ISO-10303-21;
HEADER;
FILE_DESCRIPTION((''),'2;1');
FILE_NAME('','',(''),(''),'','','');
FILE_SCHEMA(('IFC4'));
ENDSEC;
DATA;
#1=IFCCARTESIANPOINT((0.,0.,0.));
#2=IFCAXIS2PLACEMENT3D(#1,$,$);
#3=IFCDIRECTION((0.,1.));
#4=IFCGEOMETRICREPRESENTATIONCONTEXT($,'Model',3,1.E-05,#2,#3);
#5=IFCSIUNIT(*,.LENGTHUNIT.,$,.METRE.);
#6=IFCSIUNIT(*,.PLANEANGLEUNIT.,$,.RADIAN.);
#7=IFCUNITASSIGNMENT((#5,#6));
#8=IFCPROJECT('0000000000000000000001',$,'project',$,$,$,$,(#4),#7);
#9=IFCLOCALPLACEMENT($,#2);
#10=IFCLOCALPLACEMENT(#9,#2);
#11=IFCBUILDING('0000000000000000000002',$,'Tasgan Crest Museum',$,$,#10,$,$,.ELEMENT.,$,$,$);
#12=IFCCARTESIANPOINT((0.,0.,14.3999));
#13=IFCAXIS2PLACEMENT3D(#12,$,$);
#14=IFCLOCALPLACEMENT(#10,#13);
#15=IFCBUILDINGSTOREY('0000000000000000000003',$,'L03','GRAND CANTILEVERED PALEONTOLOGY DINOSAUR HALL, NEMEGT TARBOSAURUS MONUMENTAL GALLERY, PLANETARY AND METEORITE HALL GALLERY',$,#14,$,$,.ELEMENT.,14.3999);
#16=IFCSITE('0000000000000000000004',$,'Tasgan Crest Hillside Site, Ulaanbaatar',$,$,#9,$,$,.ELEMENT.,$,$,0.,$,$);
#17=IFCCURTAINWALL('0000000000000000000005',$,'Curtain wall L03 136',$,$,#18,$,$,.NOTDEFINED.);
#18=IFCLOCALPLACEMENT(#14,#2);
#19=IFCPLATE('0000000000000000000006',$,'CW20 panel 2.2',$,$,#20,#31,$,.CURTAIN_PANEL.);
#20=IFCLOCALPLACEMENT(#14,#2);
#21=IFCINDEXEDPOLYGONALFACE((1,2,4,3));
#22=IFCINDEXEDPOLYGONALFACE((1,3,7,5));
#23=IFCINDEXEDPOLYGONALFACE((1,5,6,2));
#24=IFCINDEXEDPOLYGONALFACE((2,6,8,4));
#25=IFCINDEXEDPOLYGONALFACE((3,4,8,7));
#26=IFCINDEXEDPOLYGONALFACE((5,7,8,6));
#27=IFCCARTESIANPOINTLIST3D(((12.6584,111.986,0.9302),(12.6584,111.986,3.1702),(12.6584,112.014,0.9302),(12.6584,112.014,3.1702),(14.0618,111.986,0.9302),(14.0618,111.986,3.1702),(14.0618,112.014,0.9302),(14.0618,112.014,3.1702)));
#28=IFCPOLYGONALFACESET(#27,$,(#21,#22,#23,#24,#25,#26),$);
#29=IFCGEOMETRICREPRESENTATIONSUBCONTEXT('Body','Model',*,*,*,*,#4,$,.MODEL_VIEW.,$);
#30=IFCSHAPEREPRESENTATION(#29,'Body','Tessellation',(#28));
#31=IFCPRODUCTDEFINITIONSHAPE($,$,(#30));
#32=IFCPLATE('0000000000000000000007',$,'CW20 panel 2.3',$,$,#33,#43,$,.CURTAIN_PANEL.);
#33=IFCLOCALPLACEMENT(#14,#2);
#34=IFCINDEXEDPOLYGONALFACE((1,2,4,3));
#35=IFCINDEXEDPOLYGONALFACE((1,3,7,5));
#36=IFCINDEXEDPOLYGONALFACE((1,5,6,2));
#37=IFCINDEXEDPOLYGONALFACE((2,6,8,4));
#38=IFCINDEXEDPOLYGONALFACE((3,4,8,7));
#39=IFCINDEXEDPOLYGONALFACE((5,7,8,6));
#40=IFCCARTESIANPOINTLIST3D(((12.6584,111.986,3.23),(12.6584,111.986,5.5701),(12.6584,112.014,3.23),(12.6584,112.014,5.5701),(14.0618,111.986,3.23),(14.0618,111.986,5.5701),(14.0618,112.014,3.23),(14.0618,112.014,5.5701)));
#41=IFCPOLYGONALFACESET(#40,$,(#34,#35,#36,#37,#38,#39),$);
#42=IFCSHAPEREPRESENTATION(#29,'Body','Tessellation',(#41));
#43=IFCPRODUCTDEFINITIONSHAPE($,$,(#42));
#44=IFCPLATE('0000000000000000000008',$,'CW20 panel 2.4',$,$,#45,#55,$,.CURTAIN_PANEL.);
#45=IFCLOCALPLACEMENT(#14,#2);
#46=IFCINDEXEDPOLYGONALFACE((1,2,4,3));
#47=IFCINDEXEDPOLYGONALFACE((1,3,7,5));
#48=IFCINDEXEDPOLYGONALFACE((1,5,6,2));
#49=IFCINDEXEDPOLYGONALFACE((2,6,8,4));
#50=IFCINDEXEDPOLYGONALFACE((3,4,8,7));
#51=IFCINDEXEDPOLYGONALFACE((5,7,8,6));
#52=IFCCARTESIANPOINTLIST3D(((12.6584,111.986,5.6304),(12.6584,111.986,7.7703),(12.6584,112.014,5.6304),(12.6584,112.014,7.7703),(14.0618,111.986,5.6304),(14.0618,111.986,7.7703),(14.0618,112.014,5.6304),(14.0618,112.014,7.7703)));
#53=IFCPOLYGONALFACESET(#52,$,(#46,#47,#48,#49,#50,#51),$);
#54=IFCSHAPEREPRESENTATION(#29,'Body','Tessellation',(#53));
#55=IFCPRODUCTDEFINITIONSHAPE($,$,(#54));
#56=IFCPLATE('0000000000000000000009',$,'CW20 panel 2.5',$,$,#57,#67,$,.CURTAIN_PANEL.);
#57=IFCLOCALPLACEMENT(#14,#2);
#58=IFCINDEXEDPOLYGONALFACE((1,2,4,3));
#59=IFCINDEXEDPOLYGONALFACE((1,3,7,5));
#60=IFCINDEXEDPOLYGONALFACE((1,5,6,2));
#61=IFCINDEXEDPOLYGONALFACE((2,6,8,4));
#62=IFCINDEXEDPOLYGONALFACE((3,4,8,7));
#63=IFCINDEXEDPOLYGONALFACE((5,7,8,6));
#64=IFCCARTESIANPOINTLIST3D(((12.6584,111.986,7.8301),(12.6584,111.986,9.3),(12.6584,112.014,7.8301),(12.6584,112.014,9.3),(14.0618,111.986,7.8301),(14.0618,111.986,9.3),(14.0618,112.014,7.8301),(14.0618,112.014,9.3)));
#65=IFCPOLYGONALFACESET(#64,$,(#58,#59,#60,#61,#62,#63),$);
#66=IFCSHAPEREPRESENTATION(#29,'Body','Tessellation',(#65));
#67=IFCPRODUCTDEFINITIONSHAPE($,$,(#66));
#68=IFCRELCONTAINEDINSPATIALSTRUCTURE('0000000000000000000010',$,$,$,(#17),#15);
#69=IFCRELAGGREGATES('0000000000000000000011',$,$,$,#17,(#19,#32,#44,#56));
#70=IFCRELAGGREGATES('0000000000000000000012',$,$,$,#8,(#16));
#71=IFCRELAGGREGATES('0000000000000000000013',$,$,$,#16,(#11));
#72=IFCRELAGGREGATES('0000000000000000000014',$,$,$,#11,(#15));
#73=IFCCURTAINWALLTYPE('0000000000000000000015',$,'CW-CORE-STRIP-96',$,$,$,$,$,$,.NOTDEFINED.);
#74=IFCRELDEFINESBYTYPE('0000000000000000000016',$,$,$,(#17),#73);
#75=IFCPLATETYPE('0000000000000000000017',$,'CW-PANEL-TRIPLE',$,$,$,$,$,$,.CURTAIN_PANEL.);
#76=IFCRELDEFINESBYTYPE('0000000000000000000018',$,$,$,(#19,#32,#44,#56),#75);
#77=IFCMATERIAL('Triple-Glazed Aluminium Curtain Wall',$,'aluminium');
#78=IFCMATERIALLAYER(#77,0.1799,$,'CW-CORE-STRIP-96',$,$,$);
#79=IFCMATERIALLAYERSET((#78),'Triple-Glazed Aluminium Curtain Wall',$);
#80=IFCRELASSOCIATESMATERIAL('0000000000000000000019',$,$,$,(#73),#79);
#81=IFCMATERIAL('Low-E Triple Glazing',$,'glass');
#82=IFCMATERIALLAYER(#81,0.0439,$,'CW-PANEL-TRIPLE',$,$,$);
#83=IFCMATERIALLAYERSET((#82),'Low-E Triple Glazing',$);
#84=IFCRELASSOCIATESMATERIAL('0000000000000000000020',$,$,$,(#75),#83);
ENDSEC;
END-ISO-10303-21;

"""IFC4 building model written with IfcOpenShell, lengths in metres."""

from ifc_helpers import new_model, si_unit, direction, frame, origin, origin_2d, place, context, subcontext, project, spatial, rectangle, extrude, material, layer, layer_set, type_object, element, aggregate, save


model = new_model("IFC4")

# Units and contexts
model_context = context("Model", 3, precision=1e-05, world=origin(), true_north=direction((0.0, 1.0)))
body_context = subcontext(model_context, "Body", "Model", "MODEL_VIEW")
ifc_project = project(units=[si_unit("LENGTHUNIT", "METRE"), si_unit("PLANEANGLEUNIT", "RADIAN")], contexts=[model_context])

# Site, building, storey
site_placement = place(None, origin())
site = spatial("IfcSite", under=ifc_project, at=site_placement, Name="Tasgan Crest Hillside Site, Ulaanbaatar", CompositionType="ELEMENT", RefElevation=0.0)
building_placement = place(site_placement, origin())
building = spatial("IfcBuilding", under=site, at=building_placement, Name="Tasgan Crest Museum", CompositionType="ELEMENT")
storey_placement = place(building_placement, frame((0.0, 0.0, 14.3999)))
storey = spatial("IfcBuildingStorey", under=building, at=storey_placement, Name="L03", Description="GRAND CANTILEVERED PALEONTOLOGY DINOSAUR HALL, NEMEGT TARBOSAURUS MONUMENTAL GALLERY, PLANETARY AND METEORITE HALL GALLERY", CompositionType="ELEMENT", Elevation=14.3999)

# Curtain wall, plates
ifc_material_1 = material(Name="Triple-Glazed Aluminium Curtain Wall", Category="aluminium")
ifc_layer_1 = layer(ifc_material_1, 0.1799, Name="CW-CORE-STRIP-96")
ifc_layer_set_1 = layer_set([ifc_layer_1], Name="Triple-Glazed Aluminium Curtain Wall")
curtain_wall_type = type_object("IfcCurtainWallType", Name="CW-CORE-STRIP-96", PredefinedType="NOTDEFINED", material=ifc_layer_set_1)
curtain_wall_placement = place(storey_placement, origin())
curtain_wall = element("IfcCurtainWall", 1, at=curtain_wall_placement, inside=storey, type_object=curtain_wall_type, Name="Curtain wall L03 136", PredefinedType="NOTDEFINED")
ifc_material_2 = material(Name="Low-E Triple Glazing", Category="glass")
ifc_layer_2 = layer(ifc_material_2, 0.0439, Name="CW-PANEL-TRIPLE")
ifc_layer_set_2 = layer_set([ifc_layer_2], Name="Low-E Triple Glazing")
plate_type_1 = type_object("IfcPlateType", Name="CW-PANEL-TRIPLE", PredefinedType="CURTAIN_PANEL", material=ifc_layer_set_2)
plate_1_placement = place(storey_placement, frame((13.3601, 112.0, 0.9302), z_axis=(0.0, 0.0, 1.0), x_axis=(-1.0, 0.0, 0.0)))
plate_1 = element("IfcPlate", 2, at=plate_1_placement, type_object=plate_type_1, Name="CW20 panel 2.2", PredefinedType="CURTAIN_PANEL", context=body_context, shape_type="SweptSolid", body=[
    extrude(rectangle(XDim=1.4033, YDim=0.0281, at=origin_2d()), origin(), (0.0, 0.0, 1.0), 2.24),
])
plate_2_placement = place(storey_placement, frame((13.3601, 112.0, 3.23), z_axis=(0.0, 0.0, 1.0), x_axis=(-1.0, 0.0, 0.0)))
plate_2 = element("IfcPlate", 3, at=plate_2_placement, type_object=plate_type_1, Name="CW20 panel 2.3", PredefinedType="CURTAIN_PANEL", context=body_context, shape_type="SweptSolid", body=[
    extrude(rectangle(XDim=1.4033, YDim=0.0281, at=origin_2d()), origin(), (0.0, 0.0, 1.0), 2.3401),
])
plate_3_placement = place(storey_placement, frame((13.3601, 112.0, 5.6304), z_axis=(0.0, 0.0, 1.0), x_axis=(-1.0, 0.0, 0.0)))
plate_3 = element("IfcPlate", 4, at=plate_3_placement, type_object=plate_type_1, Name="CW20 panel 2.4", PredefinedType="CURTAIN_PANEL", context=body_context, shape_type="SweptSolid", body=[
    extrude(rectangle(XDim=1.4033, YDim=0.0281, at=origin_2d()), origin(), (0.0, 0.0, 1.0), 2.1399),
])
plate_4_placement = place(storey_placement, frame((13.3601, 112.0, 7.8301), z_axis=(0.0, 0.0, 1.0), x_axis=(-1.0, 0.0, 0.0)))
plate_4 = element("IfcPlate", 5, at=plate_4_placement, type_object=plate_type_1, Name="CW20 panel 2.5", PredefinedType="CURTAIN_PANEL", context=body_context, shape_type="SweptSolid", body=[
    extrude(rectangle(XDim=1.4033, YDim=0.0281, at=origin_2d()), origin(), (0.0, 0.0, 1.0), 1.47),
])
aggregate(curtain_wall, [plate_1, plate_2, plate_3, plate_4])

save(model, "model.ifc")
